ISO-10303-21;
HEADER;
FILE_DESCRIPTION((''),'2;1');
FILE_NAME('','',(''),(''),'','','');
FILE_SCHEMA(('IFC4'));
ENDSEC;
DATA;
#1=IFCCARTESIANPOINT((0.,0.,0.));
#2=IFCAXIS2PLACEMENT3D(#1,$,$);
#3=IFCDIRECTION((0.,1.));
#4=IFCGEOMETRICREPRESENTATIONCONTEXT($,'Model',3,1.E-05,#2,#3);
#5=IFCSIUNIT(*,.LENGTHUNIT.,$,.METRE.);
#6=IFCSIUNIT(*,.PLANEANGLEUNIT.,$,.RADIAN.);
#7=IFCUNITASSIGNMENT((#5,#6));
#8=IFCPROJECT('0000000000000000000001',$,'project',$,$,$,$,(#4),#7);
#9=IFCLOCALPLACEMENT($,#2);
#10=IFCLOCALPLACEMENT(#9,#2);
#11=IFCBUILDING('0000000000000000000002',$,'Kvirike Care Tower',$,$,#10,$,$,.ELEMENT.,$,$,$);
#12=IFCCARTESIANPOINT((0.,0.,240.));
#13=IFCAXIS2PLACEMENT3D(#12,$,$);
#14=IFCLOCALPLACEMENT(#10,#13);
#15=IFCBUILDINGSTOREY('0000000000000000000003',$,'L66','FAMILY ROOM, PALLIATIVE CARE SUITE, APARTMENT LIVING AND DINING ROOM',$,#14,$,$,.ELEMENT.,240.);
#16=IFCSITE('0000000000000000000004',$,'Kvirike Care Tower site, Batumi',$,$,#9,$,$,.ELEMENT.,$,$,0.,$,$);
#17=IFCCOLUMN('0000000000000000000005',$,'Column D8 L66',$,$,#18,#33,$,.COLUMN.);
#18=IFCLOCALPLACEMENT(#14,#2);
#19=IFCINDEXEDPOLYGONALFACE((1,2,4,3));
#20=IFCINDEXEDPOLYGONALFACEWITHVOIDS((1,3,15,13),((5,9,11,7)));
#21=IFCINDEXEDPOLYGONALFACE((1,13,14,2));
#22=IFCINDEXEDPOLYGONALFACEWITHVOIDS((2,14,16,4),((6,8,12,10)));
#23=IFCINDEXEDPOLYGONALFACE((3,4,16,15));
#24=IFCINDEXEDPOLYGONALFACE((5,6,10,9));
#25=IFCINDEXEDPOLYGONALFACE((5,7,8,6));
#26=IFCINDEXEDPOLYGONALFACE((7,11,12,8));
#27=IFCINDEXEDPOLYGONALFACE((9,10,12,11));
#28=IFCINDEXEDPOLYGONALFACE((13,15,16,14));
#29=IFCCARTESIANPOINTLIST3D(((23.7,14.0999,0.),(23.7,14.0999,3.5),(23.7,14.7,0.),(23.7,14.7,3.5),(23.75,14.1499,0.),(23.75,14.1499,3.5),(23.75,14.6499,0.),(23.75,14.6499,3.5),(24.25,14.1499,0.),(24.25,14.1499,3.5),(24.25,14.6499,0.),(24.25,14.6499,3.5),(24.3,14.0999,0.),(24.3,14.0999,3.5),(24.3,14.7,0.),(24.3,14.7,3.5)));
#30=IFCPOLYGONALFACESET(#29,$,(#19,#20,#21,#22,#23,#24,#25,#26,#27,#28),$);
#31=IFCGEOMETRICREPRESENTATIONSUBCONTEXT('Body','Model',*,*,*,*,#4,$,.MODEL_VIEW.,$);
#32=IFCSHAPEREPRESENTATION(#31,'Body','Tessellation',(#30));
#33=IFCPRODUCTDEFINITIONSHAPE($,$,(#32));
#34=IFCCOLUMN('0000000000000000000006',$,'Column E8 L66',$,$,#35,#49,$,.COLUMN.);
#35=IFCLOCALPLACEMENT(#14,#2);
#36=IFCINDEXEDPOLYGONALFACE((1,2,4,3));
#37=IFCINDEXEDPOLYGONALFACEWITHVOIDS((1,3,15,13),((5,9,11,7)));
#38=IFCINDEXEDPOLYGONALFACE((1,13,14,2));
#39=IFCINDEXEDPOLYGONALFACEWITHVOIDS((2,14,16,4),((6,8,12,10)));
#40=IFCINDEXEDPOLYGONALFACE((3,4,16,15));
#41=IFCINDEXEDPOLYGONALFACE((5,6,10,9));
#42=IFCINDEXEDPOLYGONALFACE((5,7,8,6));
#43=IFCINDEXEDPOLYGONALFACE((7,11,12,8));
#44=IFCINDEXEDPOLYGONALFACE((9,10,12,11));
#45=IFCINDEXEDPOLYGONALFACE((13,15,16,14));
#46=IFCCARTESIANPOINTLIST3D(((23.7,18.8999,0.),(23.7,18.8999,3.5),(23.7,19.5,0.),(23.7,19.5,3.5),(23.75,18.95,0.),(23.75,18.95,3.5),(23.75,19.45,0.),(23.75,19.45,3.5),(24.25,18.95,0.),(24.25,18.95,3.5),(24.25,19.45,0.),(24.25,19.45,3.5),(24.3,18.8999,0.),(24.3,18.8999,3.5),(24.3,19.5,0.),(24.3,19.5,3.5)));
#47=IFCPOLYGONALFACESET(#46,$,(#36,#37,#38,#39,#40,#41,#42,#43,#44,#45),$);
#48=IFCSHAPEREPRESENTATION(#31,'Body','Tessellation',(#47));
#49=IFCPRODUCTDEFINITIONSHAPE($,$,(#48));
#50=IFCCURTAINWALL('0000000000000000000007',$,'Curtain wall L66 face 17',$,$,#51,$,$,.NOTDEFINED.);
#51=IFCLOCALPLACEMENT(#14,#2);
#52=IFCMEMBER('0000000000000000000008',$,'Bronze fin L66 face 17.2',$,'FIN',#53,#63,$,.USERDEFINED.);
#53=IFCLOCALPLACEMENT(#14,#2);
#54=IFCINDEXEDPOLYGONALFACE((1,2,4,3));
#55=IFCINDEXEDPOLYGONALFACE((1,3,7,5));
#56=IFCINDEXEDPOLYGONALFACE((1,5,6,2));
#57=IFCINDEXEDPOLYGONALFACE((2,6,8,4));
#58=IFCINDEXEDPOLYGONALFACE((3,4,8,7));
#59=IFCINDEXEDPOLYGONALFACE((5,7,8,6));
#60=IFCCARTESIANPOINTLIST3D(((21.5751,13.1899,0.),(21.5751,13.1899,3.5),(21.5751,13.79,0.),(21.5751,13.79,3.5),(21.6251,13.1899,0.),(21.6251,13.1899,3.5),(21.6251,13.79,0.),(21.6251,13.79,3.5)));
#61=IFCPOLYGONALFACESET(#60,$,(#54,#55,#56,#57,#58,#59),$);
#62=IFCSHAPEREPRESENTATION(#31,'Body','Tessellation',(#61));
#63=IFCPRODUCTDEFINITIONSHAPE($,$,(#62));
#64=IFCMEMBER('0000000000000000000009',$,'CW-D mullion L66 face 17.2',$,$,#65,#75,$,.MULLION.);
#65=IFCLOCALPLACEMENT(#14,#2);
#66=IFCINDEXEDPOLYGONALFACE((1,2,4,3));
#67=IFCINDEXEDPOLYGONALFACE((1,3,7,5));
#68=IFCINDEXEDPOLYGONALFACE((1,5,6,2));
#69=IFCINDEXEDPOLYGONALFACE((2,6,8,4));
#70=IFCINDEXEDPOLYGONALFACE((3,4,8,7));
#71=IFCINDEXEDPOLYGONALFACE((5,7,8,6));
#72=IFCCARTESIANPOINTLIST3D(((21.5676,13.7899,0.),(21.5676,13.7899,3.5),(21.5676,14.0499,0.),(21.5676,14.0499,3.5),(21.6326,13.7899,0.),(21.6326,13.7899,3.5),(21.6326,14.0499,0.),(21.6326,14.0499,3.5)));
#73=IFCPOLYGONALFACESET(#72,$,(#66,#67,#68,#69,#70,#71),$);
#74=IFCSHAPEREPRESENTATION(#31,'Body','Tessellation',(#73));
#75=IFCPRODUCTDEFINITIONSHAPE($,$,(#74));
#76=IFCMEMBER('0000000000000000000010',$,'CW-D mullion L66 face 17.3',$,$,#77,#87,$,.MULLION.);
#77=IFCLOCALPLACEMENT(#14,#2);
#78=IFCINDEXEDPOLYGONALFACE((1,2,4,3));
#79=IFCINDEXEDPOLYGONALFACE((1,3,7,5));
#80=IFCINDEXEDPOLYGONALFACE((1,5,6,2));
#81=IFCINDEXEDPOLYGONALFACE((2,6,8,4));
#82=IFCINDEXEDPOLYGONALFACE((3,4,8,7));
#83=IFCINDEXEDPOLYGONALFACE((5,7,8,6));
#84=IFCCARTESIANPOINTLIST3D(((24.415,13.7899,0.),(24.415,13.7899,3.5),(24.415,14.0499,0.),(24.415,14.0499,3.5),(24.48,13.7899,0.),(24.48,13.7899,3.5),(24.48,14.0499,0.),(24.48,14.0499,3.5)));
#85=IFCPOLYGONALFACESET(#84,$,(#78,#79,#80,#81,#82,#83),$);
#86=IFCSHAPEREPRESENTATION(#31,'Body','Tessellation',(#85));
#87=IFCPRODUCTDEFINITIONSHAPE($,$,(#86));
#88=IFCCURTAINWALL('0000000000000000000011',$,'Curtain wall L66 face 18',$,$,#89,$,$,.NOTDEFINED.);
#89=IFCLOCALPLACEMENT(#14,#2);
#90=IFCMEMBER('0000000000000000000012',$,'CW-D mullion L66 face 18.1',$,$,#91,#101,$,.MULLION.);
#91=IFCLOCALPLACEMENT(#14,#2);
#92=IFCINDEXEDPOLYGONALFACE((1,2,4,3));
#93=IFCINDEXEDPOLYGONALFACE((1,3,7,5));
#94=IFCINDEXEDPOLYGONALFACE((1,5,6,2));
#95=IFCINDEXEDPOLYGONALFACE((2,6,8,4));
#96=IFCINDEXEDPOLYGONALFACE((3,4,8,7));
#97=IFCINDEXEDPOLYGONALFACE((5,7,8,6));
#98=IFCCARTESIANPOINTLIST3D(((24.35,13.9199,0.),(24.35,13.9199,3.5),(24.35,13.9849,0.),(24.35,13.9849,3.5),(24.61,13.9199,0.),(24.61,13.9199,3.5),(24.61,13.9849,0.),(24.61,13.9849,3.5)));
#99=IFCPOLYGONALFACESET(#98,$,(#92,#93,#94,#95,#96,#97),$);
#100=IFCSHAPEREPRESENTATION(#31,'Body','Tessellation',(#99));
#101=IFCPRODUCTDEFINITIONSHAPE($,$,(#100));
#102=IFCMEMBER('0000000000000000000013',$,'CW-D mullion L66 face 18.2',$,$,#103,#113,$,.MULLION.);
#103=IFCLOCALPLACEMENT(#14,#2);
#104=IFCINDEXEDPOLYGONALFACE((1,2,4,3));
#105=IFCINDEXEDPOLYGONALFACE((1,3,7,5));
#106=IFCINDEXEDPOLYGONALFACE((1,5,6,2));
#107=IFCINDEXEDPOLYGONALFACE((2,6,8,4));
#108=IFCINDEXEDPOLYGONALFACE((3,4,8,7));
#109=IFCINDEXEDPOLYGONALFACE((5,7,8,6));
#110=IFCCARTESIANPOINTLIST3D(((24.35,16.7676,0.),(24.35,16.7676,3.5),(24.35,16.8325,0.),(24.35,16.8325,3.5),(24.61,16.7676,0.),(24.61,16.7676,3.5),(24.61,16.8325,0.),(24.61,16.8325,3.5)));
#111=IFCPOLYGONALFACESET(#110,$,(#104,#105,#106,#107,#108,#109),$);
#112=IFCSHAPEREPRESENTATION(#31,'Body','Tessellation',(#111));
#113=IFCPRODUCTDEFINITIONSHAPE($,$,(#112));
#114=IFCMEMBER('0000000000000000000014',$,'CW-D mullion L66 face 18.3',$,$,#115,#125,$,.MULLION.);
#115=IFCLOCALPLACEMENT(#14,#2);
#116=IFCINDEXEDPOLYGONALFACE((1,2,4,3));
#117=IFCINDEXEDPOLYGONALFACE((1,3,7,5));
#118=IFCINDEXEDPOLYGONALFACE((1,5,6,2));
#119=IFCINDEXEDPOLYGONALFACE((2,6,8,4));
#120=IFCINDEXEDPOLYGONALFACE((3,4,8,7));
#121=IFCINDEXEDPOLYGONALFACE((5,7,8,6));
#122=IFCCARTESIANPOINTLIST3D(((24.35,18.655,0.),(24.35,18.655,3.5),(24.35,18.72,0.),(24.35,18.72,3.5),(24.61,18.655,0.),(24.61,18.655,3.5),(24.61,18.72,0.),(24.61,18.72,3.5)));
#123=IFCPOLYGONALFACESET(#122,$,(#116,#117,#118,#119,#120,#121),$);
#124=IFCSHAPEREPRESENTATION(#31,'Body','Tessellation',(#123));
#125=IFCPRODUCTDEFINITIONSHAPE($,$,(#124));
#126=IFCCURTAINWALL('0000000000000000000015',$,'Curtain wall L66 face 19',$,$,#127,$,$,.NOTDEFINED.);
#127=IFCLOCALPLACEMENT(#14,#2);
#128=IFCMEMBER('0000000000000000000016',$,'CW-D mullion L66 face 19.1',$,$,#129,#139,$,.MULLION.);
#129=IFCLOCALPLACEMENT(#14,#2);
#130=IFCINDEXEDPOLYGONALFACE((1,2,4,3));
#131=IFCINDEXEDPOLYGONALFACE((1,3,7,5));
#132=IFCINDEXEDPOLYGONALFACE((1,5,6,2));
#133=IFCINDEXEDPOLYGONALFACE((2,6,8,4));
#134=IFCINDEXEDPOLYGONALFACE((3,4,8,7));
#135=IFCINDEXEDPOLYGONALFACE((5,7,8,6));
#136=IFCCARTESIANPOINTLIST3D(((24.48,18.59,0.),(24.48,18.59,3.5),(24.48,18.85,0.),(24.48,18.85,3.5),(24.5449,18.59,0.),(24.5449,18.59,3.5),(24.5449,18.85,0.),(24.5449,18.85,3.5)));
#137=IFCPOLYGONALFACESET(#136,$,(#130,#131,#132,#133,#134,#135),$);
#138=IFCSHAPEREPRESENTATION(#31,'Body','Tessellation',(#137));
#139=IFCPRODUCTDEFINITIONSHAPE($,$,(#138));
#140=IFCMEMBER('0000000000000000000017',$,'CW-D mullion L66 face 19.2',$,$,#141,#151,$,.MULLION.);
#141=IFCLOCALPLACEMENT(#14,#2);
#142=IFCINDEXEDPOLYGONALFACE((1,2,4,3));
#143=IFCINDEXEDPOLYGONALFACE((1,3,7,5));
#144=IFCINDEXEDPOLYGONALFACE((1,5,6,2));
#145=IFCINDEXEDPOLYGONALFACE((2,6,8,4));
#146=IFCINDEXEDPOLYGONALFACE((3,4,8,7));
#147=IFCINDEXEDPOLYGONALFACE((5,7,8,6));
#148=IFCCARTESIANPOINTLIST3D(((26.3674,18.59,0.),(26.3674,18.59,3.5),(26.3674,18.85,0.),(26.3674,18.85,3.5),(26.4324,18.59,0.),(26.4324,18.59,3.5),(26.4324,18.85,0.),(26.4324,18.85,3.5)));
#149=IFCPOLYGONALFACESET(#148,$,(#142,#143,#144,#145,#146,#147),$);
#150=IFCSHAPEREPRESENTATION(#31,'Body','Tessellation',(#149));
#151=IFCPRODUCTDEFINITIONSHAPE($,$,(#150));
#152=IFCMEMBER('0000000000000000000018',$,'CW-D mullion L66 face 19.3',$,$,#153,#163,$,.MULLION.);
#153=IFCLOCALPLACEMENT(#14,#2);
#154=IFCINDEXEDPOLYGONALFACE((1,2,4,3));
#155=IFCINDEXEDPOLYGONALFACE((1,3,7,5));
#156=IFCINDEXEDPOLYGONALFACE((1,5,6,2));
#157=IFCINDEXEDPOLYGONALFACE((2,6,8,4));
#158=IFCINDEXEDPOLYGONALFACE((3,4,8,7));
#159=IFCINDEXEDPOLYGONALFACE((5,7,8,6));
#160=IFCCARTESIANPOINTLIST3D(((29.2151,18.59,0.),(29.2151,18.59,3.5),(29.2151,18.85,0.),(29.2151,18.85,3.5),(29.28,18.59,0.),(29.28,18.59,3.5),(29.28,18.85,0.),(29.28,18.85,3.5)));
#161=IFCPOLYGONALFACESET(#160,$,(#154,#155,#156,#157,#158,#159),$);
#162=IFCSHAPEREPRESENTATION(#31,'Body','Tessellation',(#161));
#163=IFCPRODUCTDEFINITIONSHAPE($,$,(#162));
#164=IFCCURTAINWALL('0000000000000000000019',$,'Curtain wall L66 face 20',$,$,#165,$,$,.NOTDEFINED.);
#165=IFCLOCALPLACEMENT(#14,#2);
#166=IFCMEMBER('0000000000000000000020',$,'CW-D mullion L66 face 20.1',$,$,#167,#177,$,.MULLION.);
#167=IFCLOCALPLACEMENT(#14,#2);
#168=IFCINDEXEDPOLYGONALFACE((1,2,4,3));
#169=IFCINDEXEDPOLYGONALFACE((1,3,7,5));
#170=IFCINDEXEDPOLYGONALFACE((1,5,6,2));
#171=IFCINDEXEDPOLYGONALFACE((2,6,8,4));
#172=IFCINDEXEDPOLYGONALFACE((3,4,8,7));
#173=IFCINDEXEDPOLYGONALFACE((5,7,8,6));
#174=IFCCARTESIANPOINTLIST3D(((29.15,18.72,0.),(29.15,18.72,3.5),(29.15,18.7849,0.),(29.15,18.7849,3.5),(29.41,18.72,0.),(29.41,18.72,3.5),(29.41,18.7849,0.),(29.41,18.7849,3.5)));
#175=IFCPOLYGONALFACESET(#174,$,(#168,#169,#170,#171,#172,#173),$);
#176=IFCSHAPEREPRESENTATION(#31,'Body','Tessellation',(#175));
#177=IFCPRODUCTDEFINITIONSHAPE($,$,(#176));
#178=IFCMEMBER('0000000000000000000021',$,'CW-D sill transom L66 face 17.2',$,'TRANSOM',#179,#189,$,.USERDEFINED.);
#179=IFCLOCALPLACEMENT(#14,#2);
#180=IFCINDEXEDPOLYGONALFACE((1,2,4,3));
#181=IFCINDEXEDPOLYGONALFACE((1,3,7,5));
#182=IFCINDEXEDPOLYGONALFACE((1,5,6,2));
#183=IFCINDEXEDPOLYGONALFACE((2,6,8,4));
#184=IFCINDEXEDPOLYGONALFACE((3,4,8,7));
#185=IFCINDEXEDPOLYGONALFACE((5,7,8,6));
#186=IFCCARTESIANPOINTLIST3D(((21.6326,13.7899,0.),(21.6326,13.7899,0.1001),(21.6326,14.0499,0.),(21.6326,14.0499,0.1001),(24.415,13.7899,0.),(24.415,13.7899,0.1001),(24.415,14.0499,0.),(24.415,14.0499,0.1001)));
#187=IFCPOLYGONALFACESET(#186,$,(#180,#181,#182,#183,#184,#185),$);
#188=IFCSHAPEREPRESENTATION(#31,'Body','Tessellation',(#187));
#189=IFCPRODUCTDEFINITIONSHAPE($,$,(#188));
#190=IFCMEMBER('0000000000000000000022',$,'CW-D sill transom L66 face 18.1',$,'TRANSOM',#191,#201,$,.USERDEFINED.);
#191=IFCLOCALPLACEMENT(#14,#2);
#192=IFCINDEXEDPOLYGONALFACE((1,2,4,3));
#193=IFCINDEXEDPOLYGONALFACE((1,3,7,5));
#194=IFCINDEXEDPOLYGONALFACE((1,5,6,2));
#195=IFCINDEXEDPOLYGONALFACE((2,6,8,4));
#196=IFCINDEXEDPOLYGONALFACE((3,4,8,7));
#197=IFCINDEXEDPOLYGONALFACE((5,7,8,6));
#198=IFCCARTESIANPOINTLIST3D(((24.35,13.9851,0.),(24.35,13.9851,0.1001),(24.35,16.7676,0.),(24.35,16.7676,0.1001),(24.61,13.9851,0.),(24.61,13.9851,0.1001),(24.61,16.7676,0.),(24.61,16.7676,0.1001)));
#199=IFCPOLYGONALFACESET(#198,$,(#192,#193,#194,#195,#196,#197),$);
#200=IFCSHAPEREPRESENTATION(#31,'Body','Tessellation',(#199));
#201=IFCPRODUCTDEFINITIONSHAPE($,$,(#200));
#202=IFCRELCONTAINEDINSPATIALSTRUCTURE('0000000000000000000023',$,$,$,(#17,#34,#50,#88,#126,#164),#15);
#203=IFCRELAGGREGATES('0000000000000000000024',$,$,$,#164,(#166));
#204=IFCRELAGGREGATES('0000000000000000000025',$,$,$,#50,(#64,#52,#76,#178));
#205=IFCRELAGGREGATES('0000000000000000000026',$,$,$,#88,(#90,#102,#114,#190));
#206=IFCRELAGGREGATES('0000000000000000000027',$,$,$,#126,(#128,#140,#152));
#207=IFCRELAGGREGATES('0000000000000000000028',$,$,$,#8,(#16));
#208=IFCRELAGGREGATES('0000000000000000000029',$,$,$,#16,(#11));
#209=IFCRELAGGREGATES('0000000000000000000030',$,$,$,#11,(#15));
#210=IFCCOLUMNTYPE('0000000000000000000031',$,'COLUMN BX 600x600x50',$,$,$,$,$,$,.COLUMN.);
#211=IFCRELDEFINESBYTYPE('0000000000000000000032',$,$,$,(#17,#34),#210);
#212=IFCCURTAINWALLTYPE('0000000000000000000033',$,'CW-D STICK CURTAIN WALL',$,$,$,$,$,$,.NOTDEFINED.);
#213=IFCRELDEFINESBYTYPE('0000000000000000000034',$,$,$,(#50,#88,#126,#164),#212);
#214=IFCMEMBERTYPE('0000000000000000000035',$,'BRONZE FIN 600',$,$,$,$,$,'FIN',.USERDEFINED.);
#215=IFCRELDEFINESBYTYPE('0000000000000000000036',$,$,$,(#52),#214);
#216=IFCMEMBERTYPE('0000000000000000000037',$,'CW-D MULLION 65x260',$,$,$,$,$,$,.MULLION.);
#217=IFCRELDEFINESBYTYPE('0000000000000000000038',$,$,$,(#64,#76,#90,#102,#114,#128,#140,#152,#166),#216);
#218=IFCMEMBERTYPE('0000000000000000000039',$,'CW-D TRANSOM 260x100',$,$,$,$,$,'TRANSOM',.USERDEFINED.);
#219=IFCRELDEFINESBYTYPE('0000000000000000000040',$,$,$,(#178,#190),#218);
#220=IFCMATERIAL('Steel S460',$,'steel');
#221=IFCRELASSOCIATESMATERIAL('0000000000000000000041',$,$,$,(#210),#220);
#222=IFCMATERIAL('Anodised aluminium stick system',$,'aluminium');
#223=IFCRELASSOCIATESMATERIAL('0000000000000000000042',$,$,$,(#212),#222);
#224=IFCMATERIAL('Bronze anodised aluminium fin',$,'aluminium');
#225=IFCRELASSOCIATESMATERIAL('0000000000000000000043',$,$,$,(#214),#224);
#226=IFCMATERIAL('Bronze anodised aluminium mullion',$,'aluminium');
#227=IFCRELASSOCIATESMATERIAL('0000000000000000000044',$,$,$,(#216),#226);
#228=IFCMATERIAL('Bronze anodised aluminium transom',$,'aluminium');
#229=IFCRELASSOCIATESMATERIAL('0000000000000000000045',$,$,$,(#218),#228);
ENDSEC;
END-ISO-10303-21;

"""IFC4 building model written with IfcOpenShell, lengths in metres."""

from ifc_helpers import new_model, si_unit, direction, frame, origin, origin_2d, place, context, subcontext, project, spatial, rectangle, hollow_rectangle, extrude, material, material_profile, profile_set, type_object, element, aggregate, save


model = new_model("IFC4")

# Units and contexts
model_context = context("Model", 3, precision=1e-05, world=origin(), true_north=direction((0.0, 1.0)))
body_context = subcontext(model_context, "Body", "Model", "MODEL_VIEW")
ifc_project = project(units=[si_unit("LENGTHUNIT", "METRE"), si_unit("PLANEANGLEUNIT", "RADIAN")], contexts=[model_context])

# Site, building, storey
site_placement = place(None, origin())
site = spatial("IfcSite", under=ifc_project, at=site_placement, Name="Kvirike Care Tower site, Batumi", CompositionType="ELEMENT", RefElevation=0.0)
building_placement = place(site_placement, origin())
building = spatial("IfcBuilding", under=site, at=building_placement, Name="Kvirike Care Tower", CompositionType="ELEMENT")
storey_placement = place(building_placement, frame((0.0, 0.0, 240.0)))
storey = spatial("IfcBuildingStorey", under=building, at=storey_placement, Name="L66", Description="FAMILY ROOM, PALLIATIVE CARE SUITE, APARTMENT LIVING AND DINING ROOM", CompositionType="ELEMENT", Elevation=240.0)

# Columns
ifc_material_1 = material(Name="Steel S460", Category="steel")
ifc_material_profile_1 = material_profile(ifc_material_1, hollow_rectangle(XDim=0.6001, YDim=0.6001, WallThickness=0.05, at=origin_2d()), Name="BX 600x600x50")
ifc_profile_set_1 = profile_set([ifc_material_profile_1], Name="Steel S460")
column_type = type_object("IfcColumnType", Name="COLUMN BX 600x600x50", PredefinedType="COLUMN", material=ifc_profile_set_1)
for number, where, z_axis, x_axis, name in (
    (1, (24.0, 14.3999, 0.0), (0.0, 0.0, 1.0), (0.0, 1.0, 0.0), "Column D8 L66"),
    (2, (24.0, 19.2, 0.0), (0.0, 0.0, 1.0), (0.0, 1.0, 0.0), "Column E8 L66"),
):
    element("IfcColumn", number, at=place(storey_placement, frame(where, z_axis=z_axis, x_axis=x_axis)), inside=storey, type_object=column_type, Name=name, PredefinedType="COLUMN", context=body_context, shape_type="SweptSolid", body=[
        extrude(hollow_rectangle(XDim=0.6001, YDim=0.6001, WallThickness=0.05, at=origin_2d()), origin(), (0.0, 0.0, 1.0), 3.5),
    ])

# Curtain walls, members
ifc_material_2 = material(Name="Anodised aluminium stick system", Category="aluminium")
curtain_wall_type = type_object("IfcCurtainWallType", Name="CW-D STICK CURTAIN WALL", PredefinedType="NOTDEFINED", material=ifc_material_2)
curtain_wall_1_placement = place(storey_placement, origin())
curtain_wall_1 = element("IfcCurtainWall", 3, at=curtain_wall_1_placement, inside=storey, type_object=curtain_wall_type, Name="Curtain wall L66 face 17", PredefinedType="NOTDEFINED")
ifc_material_3 = material(Name="Bronze anodised aluminium fin", Category="aluminium")
ifc_material_profile_2 = material_profile(ifc_material_3, rectangle(XDim=0.05, YDim=0.6001, at=origin_2d()), Name="BRONZE FIN 600")
ifc_profile_set_2 = profile_set([ifc_material_profile_2], Name="Bronze anodised aluminium fin")
member_type_1 = type_object("IfcMemberType", Name="BRONZE FIN 600", ElementType="FIN", PredefinedType="USERDEFINED", material=ifc_profile_set_2)
member_1_placement = place(storey_placement, frame((21.6001, 13.49, 0.0), z_axis=(0.0, 0.0, 1.0), x_axis=(1.0, 0.0, 0.0)))
member_1 = element("IfcMember", 4, at=member_1_placement, type_object=member_type_1, Name="Bronze fin L66 face 17.2", ObjectType="FIN", PredefinedType="USERDEFINED", context=body_context, shape_type="SweptSolid", body=[
    extrude(rectangle(XDim=0.05, YDim=0.6001, at=origin_2d()), origin(), (0.0, 0.0, 1.0), 3.5),
])
ifc_material_4 = material(Name="Bronze anodised aluminium mullion", Category="aluminium")
ifc_material_profile_3 = material_profile(ifc_material_4, rectangle(XDim=0.0649, YDim=0.26, at=origin_2d()), Name="CW-D MULLION 65x260")
ifc_profile_set_3 = profile_set([ifc_material_profile_3], Name="Bronze anodised aluminium mullion")
member_type_2 = type_object("IfcMemberType", Name="CW-D MULLION 65x260", PredefinedType="MULLION", material=ifc_profile_set_3)
member_2_placement = place(storey_placement, frame((21.6001, 13.9199, 0.0), z_axis=(0.0, 0.0, 1.0), x_axis=(1.0, 0.0, 0.0)))
member_2 = element("IfcMember", 5, at=member_2_placement, type_object=member_type_2, Name="CW-D mullion L66 face 17.2", PredefinedType="MULLION", context=body_context, shape_type="SweptSolid", body=[
    extrude(rectangle(XDim=0.0649, YDim=0.26, at=origin_2d()), origin(), (0.0, 0.0, 1.0), 3.5),
])
member_3_placement = place(storey_placement, frame((24.4475, 13.9199, 0.0), z_axis=(0.0, 0.0, 1.0), x_axis=(1.0, 0.0, 0.0)))
member_3 = element("IfcMember", 6, at=member_3_placement, type_object=member_type_2, Name="CW-D mullion L66 face 17.3", PredefinedType="MULLION", context=body_context, shape_type="SweptSolid", body=[
    extrude(rectangle(XDim=0.0649, YDim=0.26, at=origin_2d()), origin(), (0.0, 0.0, 1.0), 3.5),
])
curtain_wall_2_placement = place(storey_placement, origin())
curtain_wall_2 = element("IfcCurtainWall", 7, at=curtain_wall_2_placement, inside=storey, type_object=curtain_wall_type, Name="Curtain wall L66 face 18", PredefinedType="NOTDEFINED")
member_4_placement = place(storey_placement, frame((24.48, 13.9524, 0.0), z_axis=(0.0, 0.0, 1.0), x_axis=(0.0, 1.0, 0.0)))
member_4 = element("IfcMember", 8, at=member_4_placement, type_object=member_type_2, Name="CW-D mullion L66 face 18.1", PredefinedType="MULLION", context=body_context, shape_type="SweptSolid", body=[
    extrude(rectangle(XDim=0.0649, YDim=0.26, at=origin_2d()), origin(), (0.0, 0.0, 1.0), 3.5),
])
member_5_placement = place(storey_placement, frame((24.48, 16.8, 0.0), z_axis=(0.0, 0.0, 1.0), x_axis=(0.0, 1.0, 0.0)))
member_5 = element("IfcMember", 9, at=member_5_placement, type_object=member_type_2, Name="CW-D mullion L66 face 18.2", PredefinedType="MULLION", context=body_context, shape_type="SweptSolid", body=[
    extrude(rectangle(XDim=0.0649, YDim=0.26, at=origin_2d()), origin(), (0.0, 0.0, 1.0), 3.5),
])
member_6_placement = place(storey_placement, frame((24.48, 18.6875, 0.0), z_axis=(0.0, 0.0, 1.0), x_axis=(0.0, 1.0, 0.0)))
member_6 = element("IfcMember", 10, at=member_6_placement, type_object=member_type_2, Name="CW-D mullion L66 face 18.3", PredefinedType="MULLION", context=body_context, shape_type="SweptSolid", body=[
    extrude(rectangle(XDim=0.0649, YDim=0.26, at=origin_2d()), origin(), (0.0, 0.0, 1.0), 3.5),
])
curtain_wall_3_placement = place(storey_placement, origin())
curtain_wall_3 = element("IfcCurtainWall", 11, at=curtain_wall_3_placement, inside=storey, type_object=curtain_wall_type, Name="Curtain wall L66 face 19", PredefinedType="NOTDEFINED")
member_7_placement = place(storey_placement, frame((24.5125, 18.72, 0.0), z_axis=(0.0, 0.0, 1.0), x_axis=(1.0, 0.0, 0.0)))
member_7 = element("IfcMember", 12, at=member_7_placement, type_object=member_type_2, Name="CW-D mullion L66 face 19.1", PredefinedType="MULLION", context=body_context, shape_type="SweptSolid", body=[
    extrude(rectangle(XDim=0.0649, YDim=0.26, at=origin_2d()), origin(), (0.0, 0.0, 1.0), 3.5),
])
member_8_placement = place(storey_placement, frame((26.3999, 18.72, 0.0), z_axis=(0.0, 0.0, 1.0), x_axis=(1.0, 0.0, 0.0)))
member_8 = element("IfcMember", 13, at=member_8_placement, type_object=member_type_2, Name="CW-D mullion L66 face 19.2", PredefinedType="MULLION", context=body_context, shape_type="SweptSolid", body=[
    extrude(rectangle(XDim=0.0649, YDim=0.26, at=origin_2d()), origin(), (0.0, 0.0, 1.0), 3.5),
])
member_9_placement = place(storey_placement, frame((29.2476, 18.72, 0.0), z_axis=(0.0, 0.0, 1.0), x_axis=(1.0, 0.0, 0.0)))
member_9 = element("IfcMember", 14, at=member_9_placement, type_object=member_type_2, Name="CW-D mullion L66 face 19.3", PredefinedType="MULLION", context=body_context, shape_type="SweptSolid", body=[
    extrude(rectangle(XDim=0.0649, YDim=0.26, at=origin_2d()), origin(), (0.0, 0.0, 1.0), 3.5),
])

# Curtain wall, member
curtain_wall_4_placement = place(storey_placement, origin())
curtain_wall_4 = element("IfcCurtainWall", 15, at=curtain_wall_4_placement, inside=storey, type_object=curtain_wall_type, Name="Curtain wall L66 face 20", PredefinedType="NOTDEFINED")
member_10_placement = place(storey_placement, frame((29.28, 18.7524, 0.0), z_axis=(0.0, 0.0, 1.0), x_axis=(0.0, 1.0, 0.0)))
member_10 = element("IfcMember", 16, at=member_10_placement, type_object=member_type_2, Name="CW-D mullion L66 face 20.1", PredefinedType="MULLION", context=body_context, shape_type="SweptSolid", body=[
    extrude(rectangle(XDim=0.0649, YDim=0.26, at=origin_2d()), origin(), (0.0, 0.0, 1.0), 3.5),
])

# Members
ifc_material_5 = material(Name="Bronze anodised aluminium transom", Category="aluminium")
ifc_material_profile_4 = material_profile(ifc_material_5, rectangle(XDim=0.26, YDim=0.1001, at=origin_2d()), Name="CW-D TRANSOM 260x100")
ifc_profile_set_4 = profile_set([ifc_material_profile_4], Name="Bronze anodised aluminium transom")
member_type_3 = type_object("IfcMemberType", Name="CW-D TRANSOM 260x100", ElementType="TRANSOM", PredefinedType="USERDEFINED", material=ifc_profile_set_4)
member_11_placement = place(storey_placement, frame((21.6326, 13.9199, 0.05), z_axis=(1.0, 0.0, 0.0), x_axis=(0.0, 1.0, 0.0)))
member_11 = element("IfcMember", 17, at=member_11_placement, type_object=member_type_3, Name="CW-D sill transom L66 face 17.2", ObjectType="TRANSOM", PredefinedType="USERDEFINED", context=body_context, shape_type="SweptSolid", body=[
    extrude(rectangle(XDim=0.26, YDim=0.1001, at=origin_2d()), origin(), (0.0, 0.0, 1.0), 2.7825),
])
member_12_placement = place(storey_placement, frame((24.48, 13.9851, 0.05), z_axis=(0.0, 1.0, 0.0), x_axis=(-1.0, 0.0, 0.0)))
member_12 = element("IfcMember", 18, at=member_12_placement, type_object=member_type_3, Name="CW-D sill transom L66 face 18.1", ObjectType="TRANSOM", PredefinedType="USERDEFINED", context=body_context, shape_type="SweptSolid", body=[
    extrude(rectangle(XDim=0.26, YDim=0.1001, at=origin_2d()), origin(), (0.0, 0.0, 1.0), 2.7825),
])
aggregate(curtain_wall_4, [member_10])

aggregate(curtain_wall_1, [member_2, member_1, member_3, member_11])
aggregate(curtain_wall_2, [member_4, member_5, member_6, member_12])
aggregate(curtain_wall_3, [member_7, member_8, member_9])

save(model, "model.ifc")
